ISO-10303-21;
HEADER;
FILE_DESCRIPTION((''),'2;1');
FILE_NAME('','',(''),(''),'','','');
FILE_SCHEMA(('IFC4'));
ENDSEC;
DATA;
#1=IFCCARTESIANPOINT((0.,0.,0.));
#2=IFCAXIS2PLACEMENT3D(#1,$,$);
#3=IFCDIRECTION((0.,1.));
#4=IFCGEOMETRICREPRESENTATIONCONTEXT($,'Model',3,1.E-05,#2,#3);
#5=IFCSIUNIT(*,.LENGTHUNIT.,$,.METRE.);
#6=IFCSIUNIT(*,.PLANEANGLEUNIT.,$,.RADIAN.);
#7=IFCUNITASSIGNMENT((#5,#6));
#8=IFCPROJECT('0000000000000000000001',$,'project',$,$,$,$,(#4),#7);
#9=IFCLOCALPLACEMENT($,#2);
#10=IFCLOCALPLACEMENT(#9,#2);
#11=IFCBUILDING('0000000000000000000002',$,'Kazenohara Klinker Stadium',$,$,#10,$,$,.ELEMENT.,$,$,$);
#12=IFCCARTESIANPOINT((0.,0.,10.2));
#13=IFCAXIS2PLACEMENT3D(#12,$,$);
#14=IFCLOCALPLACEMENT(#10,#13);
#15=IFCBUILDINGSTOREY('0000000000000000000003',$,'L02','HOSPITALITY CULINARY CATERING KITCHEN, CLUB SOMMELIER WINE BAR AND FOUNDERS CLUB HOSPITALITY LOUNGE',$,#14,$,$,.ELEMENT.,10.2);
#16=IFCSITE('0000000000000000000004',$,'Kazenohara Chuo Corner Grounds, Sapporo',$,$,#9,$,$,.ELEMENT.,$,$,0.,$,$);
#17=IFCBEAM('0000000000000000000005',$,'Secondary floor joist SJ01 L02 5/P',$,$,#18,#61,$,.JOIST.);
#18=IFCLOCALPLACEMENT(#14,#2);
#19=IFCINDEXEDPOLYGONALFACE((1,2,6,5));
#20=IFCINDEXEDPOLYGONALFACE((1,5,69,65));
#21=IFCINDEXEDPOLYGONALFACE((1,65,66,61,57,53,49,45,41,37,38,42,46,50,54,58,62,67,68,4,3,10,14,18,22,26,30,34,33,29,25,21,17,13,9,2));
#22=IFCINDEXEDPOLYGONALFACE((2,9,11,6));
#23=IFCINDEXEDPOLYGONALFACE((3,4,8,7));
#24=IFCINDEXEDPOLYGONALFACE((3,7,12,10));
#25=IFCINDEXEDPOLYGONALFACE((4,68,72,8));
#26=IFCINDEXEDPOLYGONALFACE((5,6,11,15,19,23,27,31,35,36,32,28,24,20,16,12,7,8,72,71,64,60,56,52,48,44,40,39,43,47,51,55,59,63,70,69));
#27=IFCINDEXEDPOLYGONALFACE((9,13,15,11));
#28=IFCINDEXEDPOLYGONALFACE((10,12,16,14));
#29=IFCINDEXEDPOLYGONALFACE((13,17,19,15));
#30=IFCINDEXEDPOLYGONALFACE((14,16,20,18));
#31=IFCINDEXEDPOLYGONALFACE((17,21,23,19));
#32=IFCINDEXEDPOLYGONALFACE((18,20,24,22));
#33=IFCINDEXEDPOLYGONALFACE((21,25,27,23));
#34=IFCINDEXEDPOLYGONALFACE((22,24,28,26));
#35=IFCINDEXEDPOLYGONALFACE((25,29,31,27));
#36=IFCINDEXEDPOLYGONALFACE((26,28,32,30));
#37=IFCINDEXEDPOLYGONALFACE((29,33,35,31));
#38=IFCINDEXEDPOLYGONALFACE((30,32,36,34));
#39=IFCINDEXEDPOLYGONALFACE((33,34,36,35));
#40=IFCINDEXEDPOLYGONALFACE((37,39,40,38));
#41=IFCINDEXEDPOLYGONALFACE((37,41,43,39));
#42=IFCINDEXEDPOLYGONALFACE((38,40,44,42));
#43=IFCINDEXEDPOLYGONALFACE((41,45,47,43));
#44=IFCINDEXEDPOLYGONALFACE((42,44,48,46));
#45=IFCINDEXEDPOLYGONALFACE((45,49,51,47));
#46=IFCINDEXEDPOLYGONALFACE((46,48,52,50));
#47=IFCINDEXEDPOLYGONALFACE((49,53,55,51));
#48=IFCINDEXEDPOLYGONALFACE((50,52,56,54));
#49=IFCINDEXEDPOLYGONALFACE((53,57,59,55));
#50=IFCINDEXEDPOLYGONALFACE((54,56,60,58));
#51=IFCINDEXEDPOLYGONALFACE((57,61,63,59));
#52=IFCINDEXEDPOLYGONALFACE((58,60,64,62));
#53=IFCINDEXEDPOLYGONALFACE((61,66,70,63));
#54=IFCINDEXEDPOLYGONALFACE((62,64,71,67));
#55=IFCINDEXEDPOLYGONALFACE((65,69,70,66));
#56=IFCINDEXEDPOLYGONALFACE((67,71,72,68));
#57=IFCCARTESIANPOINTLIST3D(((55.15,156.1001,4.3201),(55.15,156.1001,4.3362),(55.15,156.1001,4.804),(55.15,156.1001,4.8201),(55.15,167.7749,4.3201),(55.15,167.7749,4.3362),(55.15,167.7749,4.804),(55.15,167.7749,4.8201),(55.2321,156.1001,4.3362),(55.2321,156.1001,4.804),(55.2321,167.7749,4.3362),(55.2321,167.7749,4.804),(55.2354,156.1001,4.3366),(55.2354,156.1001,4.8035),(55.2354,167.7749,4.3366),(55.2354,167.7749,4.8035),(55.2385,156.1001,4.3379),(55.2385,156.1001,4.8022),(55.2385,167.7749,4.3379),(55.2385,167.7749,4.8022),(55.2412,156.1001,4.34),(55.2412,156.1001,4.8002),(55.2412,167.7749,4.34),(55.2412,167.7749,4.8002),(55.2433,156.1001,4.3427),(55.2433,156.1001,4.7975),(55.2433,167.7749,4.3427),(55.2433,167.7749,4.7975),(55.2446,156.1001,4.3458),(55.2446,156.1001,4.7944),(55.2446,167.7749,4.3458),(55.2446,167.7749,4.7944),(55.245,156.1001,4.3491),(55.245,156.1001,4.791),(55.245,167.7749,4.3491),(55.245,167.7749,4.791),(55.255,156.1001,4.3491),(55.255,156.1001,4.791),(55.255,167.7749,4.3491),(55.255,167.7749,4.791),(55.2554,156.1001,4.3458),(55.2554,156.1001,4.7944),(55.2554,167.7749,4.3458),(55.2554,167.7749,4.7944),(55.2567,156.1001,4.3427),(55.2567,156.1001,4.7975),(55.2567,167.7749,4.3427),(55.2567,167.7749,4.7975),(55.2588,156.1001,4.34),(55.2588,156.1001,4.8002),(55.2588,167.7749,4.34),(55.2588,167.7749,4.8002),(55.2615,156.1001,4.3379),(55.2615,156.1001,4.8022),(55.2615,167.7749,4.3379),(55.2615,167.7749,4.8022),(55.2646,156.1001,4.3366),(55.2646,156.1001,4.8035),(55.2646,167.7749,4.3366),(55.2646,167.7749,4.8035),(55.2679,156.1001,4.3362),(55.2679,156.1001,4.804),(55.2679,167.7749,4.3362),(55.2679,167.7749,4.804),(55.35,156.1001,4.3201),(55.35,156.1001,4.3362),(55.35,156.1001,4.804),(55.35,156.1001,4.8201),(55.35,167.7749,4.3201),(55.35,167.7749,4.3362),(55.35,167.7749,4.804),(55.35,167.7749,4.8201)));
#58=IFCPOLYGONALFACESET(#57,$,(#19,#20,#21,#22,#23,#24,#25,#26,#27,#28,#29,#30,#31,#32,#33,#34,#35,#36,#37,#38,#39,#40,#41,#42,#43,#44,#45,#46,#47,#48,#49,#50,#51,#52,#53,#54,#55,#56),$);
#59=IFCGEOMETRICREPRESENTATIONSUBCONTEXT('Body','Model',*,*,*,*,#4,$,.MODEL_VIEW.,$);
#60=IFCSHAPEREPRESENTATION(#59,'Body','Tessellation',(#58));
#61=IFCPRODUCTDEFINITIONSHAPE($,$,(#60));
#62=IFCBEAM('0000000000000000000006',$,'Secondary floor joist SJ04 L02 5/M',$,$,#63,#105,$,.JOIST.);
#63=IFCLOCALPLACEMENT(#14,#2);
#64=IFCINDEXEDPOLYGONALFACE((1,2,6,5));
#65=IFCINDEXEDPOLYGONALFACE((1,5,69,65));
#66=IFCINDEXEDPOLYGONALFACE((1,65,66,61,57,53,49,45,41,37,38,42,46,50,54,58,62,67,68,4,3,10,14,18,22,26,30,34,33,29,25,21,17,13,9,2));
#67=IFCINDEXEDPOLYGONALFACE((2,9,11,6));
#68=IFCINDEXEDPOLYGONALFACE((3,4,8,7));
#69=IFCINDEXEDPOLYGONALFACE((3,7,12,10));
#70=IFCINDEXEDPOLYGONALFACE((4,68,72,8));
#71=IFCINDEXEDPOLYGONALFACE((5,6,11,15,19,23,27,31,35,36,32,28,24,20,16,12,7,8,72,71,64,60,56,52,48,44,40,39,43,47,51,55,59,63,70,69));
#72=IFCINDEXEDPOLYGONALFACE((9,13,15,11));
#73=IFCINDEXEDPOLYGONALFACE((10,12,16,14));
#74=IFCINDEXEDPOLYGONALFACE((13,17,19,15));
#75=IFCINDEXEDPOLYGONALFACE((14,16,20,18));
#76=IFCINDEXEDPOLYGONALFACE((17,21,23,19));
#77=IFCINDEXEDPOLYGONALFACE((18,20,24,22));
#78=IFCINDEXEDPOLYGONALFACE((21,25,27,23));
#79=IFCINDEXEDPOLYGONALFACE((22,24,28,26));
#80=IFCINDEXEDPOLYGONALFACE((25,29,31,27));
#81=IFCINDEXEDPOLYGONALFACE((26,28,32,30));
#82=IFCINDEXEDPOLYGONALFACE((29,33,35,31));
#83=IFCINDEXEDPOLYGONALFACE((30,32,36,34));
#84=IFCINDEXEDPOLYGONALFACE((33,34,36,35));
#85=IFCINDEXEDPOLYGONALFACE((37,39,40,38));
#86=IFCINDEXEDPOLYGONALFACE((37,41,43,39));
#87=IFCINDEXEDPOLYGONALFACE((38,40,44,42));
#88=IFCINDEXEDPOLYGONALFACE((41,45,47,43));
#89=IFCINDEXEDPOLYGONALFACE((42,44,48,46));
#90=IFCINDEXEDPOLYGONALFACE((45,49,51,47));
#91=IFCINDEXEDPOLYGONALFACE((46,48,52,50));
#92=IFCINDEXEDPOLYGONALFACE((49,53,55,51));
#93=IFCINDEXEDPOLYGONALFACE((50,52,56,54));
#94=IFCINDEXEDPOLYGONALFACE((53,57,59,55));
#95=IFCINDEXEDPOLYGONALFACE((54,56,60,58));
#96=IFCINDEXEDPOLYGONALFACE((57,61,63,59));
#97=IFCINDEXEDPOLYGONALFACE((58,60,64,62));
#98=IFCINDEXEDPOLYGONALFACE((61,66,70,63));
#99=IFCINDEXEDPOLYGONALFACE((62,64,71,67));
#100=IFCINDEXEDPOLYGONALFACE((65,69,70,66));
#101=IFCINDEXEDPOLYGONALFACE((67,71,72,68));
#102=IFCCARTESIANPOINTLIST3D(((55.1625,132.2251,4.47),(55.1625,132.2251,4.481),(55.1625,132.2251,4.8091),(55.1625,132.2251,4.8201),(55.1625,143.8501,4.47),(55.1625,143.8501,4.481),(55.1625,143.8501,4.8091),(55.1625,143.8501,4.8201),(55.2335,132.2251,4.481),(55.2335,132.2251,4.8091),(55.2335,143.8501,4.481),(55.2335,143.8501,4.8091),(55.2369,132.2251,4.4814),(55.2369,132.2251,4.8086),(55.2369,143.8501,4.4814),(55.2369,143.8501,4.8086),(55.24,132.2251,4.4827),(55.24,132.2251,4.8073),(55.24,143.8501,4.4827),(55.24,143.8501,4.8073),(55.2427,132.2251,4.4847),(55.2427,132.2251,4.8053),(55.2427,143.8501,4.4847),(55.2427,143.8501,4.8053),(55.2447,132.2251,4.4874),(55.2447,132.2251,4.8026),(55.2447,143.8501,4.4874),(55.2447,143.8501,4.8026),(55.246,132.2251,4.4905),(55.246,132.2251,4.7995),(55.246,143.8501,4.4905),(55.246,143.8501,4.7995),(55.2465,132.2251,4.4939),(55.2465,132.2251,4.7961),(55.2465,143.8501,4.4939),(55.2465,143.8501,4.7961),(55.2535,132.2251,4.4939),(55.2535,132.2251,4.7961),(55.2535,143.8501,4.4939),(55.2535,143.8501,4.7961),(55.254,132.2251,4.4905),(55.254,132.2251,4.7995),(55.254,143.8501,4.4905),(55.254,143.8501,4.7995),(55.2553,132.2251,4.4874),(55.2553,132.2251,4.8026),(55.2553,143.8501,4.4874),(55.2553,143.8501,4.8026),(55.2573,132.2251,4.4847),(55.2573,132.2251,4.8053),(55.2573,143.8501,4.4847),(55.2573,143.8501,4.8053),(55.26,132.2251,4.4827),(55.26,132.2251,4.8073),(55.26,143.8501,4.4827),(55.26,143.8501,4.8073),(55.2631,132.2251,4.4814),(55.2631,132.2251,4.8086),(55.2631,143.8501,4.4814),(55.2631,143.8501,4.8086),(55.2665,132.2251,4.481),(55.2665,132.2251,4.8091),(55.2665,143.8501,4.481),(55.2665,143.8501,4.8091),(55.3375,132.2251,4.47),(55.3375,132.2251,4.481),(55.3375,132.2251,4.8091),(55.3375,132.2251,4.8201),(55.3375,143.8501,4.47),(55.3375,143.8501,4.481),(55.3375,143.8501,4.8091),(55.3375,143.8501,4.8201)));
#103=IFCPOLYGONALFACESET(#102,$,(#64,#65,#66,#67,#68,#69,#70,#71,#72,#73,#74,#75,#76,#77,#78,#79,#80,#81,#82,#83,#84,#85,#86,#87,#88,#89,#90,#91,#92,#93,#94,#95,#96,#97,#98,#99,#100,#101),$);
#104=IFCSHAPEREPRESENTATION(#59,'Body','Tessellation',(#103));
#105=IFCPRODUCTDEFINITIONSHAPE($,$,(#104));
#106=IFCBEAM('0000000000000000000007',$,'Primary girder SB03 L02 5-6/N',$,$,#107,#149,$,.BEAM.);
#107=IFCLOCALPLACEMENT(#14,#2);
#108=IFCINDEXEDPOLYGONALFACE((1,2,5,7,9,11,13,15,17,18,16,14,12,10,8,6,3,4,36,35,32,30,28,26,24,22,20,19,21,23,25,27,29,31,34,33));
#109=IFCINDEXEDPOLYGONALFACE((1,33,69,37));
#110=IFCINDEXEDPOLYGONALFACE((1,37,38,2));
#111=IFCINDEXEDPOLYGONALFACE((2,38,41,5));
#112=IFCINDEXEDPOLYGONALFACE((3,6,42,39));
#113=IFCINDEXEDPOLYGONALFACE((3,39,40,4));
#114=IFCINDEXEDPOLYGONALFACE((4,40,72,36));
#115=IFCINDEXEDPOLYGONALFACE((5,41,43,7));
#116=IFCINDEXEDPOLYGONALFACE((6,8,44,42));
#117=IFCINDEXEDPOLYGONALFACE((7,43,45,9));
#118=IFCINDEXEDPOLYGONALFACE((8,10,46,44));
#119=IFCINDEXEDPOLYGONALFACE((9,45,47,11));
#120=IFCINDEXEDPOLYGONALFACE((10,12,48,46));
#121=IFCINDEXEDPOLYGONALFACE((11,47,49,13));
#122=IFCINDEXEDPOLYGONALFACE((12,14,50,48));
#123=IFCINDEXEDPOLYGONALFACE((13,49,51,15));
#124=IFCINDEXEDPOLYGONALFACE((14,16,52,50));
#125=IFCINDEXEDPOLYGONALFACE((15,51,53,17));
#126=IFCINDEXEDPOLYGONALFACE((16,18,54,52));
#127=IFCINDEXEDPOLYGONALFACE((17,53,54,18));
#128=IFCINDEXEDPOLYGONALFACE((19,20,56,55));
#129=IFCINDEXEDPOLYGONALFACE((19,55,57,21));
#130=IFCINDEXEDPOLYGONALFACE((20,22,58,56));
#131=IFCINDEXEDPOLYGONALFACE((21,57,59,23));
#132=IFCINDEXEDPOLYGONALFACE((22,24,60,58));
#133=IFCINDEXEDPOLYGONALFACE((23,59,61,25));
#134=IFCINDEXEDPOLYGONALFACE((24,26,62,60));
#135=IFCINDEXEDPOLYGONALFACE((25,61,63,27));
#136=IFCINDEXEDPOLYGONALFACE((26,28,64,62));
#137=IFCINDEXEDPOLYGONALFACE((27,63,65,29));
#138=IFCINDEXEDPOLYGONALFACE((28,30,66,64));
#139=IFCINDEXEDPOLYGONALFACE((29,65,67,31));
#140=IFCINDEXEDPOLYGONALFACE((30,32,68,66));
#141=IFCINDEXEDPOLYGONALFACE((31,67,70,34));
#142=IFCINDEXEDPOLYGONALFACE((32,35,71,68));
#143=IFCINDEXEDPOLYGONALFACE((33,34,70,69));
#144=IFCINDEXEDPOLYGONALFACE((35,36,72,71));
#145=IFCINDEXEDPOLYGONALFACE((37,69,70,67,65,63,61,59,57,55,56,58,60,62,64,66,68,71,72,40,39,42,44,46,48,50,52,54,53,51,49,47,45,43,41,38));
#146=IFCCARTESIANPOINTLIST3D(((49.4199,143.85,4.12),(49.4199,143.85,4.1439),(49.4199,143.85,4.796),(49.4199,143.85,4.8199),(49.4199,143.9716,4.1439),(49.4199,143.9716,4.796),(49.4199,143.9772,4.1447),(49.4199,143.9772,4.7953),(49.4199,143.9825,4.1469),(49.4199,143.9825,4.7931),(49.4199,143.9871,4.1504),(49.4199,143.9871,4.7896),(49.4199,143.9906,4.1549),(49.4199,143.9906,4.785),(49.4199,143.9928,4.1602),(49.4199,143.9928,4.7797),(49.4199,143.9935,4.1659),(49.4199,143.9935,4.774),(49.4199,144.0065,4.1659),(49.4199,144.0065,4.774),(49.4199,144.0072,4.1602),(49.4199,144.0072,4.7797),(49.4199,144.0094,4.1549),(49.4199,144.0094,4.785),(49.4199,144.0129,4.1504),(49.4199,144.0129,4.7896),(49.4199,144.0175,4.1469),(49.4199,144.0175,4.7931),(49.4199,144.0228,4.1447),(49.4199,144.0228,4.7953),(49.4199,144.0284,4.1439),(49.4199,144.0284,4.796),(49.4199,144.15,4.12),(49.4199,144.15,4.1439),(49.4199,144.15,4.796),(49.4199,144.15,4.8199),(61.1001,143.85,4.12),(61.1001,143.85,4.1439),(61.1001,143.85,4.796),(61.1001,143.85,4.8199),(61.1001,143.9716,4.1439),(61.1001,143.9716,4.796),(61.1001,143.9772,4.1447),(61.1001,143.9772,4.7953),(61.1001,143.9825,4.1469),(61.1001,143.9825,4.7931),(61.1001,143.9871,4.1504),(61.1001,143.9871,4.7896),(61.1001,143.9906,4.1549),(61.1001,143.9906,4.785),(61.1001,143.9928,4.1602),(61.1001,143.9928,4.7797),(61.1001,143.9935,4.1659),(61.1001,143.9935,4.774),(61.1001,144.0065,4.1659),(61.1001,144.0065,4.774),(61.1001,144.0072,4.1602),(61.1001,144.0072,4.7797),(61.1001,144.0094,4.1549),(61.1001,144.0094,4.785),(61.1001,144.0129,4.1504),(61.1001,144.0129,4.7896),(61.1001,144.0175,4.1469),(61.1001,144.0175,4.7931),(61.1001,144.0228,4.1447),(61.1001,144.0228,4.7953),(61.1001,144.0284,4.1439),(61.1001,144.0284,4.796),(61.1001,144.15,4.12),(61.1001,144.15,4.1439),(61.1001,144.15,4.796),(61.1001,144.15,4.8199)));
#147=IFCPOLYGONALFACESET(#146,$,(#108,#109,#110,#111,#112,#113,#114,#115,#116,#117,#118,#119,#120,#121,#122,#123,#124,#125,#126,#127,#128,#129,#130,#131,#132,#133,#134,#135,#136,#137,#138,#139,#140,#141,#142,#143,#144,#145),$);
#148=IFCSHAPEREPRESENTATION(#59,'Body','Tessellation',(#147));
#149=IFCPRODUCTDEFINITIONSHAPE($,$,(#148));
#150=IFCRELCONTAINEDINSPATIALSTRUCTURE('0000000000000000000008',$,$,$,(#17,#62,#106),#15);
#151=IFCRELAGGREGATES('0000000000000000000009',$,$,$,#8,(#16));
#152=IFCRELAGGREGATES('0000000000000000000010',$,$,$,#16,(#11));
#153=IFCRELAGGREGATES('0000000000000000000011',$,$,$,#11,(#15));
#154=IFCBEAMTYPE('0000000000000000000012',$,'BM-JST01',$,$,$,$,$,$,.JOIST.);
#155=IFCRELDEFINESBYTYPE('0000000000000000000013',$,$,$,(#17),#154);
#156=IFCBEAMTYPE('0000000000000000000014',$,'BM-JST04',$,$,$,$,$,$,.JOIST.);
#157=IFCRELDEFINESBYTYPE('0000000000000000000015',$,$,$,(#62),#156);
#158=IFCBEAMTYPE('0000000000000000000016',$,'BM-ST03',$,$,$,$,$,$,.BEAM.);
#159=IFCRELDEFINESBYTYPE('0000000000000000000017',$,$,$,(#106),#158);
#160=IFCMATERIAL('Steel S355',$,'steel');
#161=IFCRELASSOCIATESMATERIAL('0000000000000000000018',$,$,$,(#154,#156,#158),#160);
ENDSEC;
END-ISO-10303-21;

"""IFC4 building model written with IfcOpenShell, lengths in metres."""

from ifc_helpers import new_model, si_unit, direction, frame, origin, origin_2d, place, context, subcontext, project, spatial, i_section, extrude, material, material_profile, profile_set, type_object, element, save


model = new_model("IFC4")

# Units and contexts
model_context = context("Model", 3, precision=1e-05, world=origin(), true_north=direction((0.0, 1.0)))
body_context = subcontext(model_context, "Body", "Model", "MODEL_VIEW")
ifc_project = project(units=[si_unit("LENGTHUNIT", "METRE"), si_unit("PLANEANGLEUNIT", "RADIAN")], contexts=[model_context])

# Site, building, storey
site_placement = place(None, origin())
site = spatial("IfcSite", under=ifc_project, at=site_placement, Name="Kazenohara Chuo Corner Grounds, Sapporo", CompositionType="ELEMENT", RefElevation=0.0)
building_placement = place(site_placement, origin())
building = spatial("IfcBuilding", under=site, at=building_placement, Name="Kazenohara Klinker Stadium", CompositionType="ELEMENT")
storey_placement = place(building_placement, frame((0.0, 0.0, 10.2)))
storey = spatial("IfcBuildingStorey", under=building, at=storey_placement, Name="L02", Description="HOSPITALITY CULINARY CATERING KITCHEN, CLUB SOMMELIER WINE BAR AND FOUNDERS CLUB HOSPITALITY LOUNGE", CompositionType="ELEMENT", Elevation=10.2)

# Beams
ifc_material_1 = material(Name="Steel S355", Category="steel")
ifc_material_profile_1 = material_profile(ifc_material_1, i_section(OverallWidth=0.2, OverallDepth=0.5, WebThickness=0.01, FlangeThickness=0.0161, FilletRadius=0.0129, at=origin_2d()), Name="H-500x200x10x16")
ifc_profile_set_1 = profile_set([ifc_material_profile_1], Name="Steel S355")
beam_type_1 = type_object("IfcBeamType", Name="BM-JST01", PredefinedType="JOIST", material=ifc_profile_set_1)
beam_1_placement = place(storey_placement, frame((55.25, 156.1001, 4.5701), z_axis=(0.0, 1.0, 0.0), x_axis=(-1.0, 0.0, 0.0)))
element("IfcBeam", 1, at=beam_1_placement, inside=storey, type_object=beam_type_1, Name="Secondary floor joist SJ01 L02 5/P", PredefinedType="JOIST", context=body_context, shape_type="SweptSolid", body=[
    extrude(i_section(OverallWidth=0.2, OverallDepth=0.5, WebThickness=0.01, FlangeThickness=0.0161, FilletRadius=0.0129, at=origin_2d()), origin(), (0.0, 0.0, 1.0), 11.6748),
])
ifc_material_profile_2 = material_profile(ifc_material_1, i_section(OverallWidth=0.175, OverallDepth=0.3501, WebThickness=0.0071, FlangeThickness=0.011, FilletRadius=0.0129, at=origin_2d()), Name="H-350x175x7x11")
ifc_profile_set_2 = profile_set([ifc_material_profile_2], Name="Steel S355")
beam_type_2 = type_object("IfcBeamType", Name="BM-JST04", PredefinedType="JOIST", material=ifc_profile_set_2)
beam_2_placement = place(storey_placement, frame((55.25, 132.2251, 4.645), z_axis=(0.0, 1.0, 0.0), x_axis=(-1.0, 0.0, 0.0)))
element("IfcBeam", 2, at=beam_2_placement, inside=storey, type_object=beam_type_2, Name="Secondary floor joist SJ04 L02 5/M", PredefinedType="JOIST", context=body_context, shape_type="SweptSolid", body=[
    extrude(i_section(OverallWidth=0.175, OverallDepth=0.3501, WebThickness=0.0071, FlangeThickness=0.011, FilletRadius=0.0129, at=origin_2d()), origin(), (0.0, 0.0, 1.0), 11.625),
])
ifc_material_profile_3 = material_profile(ifc_material_1, i_section(OverallWidth=0.3, OverallDepth=0.7, WebThickness=0.0129, FlangeThickness=0.0239, FilletRadius=0.022, at=origin_2d()), Name="H-700x300x13x24")
ifc_profile_set_3 = profile_set([ifc_material_profile_3], Name="Steel S355")
beam_type_3 = type_object("IfcBeamType", Name="BM-ST03", PredefinedType="BEAM", material=ifc_profile_set_3)
beam_3_placement = place(storey_placement, frame((49.4199, 144.0, 4.47), z_axis=(1.0, 0.0, 0.0), x_axis=(0.0, 1.0, 0.0)))
element("IfcBeam", 3, at=beam_3_placement, inside=storey, type_object=beam_type_3, Name="Primary girder SB03 L02 5-6/N", PredefinedType="BEAM", context=body_context, shape_type="SweptSolid", body=[
    extrude(i_section(OverallWidth=0.3, OverallDepth=0.7, WebThickness=0.0129, FlangeThickness=0.0239, FilletRadius=0.022, at=origin_2d()), origin(), (0.0, 0.0, 1.0), 11.6802),
])

save(model, "model.ifc")
